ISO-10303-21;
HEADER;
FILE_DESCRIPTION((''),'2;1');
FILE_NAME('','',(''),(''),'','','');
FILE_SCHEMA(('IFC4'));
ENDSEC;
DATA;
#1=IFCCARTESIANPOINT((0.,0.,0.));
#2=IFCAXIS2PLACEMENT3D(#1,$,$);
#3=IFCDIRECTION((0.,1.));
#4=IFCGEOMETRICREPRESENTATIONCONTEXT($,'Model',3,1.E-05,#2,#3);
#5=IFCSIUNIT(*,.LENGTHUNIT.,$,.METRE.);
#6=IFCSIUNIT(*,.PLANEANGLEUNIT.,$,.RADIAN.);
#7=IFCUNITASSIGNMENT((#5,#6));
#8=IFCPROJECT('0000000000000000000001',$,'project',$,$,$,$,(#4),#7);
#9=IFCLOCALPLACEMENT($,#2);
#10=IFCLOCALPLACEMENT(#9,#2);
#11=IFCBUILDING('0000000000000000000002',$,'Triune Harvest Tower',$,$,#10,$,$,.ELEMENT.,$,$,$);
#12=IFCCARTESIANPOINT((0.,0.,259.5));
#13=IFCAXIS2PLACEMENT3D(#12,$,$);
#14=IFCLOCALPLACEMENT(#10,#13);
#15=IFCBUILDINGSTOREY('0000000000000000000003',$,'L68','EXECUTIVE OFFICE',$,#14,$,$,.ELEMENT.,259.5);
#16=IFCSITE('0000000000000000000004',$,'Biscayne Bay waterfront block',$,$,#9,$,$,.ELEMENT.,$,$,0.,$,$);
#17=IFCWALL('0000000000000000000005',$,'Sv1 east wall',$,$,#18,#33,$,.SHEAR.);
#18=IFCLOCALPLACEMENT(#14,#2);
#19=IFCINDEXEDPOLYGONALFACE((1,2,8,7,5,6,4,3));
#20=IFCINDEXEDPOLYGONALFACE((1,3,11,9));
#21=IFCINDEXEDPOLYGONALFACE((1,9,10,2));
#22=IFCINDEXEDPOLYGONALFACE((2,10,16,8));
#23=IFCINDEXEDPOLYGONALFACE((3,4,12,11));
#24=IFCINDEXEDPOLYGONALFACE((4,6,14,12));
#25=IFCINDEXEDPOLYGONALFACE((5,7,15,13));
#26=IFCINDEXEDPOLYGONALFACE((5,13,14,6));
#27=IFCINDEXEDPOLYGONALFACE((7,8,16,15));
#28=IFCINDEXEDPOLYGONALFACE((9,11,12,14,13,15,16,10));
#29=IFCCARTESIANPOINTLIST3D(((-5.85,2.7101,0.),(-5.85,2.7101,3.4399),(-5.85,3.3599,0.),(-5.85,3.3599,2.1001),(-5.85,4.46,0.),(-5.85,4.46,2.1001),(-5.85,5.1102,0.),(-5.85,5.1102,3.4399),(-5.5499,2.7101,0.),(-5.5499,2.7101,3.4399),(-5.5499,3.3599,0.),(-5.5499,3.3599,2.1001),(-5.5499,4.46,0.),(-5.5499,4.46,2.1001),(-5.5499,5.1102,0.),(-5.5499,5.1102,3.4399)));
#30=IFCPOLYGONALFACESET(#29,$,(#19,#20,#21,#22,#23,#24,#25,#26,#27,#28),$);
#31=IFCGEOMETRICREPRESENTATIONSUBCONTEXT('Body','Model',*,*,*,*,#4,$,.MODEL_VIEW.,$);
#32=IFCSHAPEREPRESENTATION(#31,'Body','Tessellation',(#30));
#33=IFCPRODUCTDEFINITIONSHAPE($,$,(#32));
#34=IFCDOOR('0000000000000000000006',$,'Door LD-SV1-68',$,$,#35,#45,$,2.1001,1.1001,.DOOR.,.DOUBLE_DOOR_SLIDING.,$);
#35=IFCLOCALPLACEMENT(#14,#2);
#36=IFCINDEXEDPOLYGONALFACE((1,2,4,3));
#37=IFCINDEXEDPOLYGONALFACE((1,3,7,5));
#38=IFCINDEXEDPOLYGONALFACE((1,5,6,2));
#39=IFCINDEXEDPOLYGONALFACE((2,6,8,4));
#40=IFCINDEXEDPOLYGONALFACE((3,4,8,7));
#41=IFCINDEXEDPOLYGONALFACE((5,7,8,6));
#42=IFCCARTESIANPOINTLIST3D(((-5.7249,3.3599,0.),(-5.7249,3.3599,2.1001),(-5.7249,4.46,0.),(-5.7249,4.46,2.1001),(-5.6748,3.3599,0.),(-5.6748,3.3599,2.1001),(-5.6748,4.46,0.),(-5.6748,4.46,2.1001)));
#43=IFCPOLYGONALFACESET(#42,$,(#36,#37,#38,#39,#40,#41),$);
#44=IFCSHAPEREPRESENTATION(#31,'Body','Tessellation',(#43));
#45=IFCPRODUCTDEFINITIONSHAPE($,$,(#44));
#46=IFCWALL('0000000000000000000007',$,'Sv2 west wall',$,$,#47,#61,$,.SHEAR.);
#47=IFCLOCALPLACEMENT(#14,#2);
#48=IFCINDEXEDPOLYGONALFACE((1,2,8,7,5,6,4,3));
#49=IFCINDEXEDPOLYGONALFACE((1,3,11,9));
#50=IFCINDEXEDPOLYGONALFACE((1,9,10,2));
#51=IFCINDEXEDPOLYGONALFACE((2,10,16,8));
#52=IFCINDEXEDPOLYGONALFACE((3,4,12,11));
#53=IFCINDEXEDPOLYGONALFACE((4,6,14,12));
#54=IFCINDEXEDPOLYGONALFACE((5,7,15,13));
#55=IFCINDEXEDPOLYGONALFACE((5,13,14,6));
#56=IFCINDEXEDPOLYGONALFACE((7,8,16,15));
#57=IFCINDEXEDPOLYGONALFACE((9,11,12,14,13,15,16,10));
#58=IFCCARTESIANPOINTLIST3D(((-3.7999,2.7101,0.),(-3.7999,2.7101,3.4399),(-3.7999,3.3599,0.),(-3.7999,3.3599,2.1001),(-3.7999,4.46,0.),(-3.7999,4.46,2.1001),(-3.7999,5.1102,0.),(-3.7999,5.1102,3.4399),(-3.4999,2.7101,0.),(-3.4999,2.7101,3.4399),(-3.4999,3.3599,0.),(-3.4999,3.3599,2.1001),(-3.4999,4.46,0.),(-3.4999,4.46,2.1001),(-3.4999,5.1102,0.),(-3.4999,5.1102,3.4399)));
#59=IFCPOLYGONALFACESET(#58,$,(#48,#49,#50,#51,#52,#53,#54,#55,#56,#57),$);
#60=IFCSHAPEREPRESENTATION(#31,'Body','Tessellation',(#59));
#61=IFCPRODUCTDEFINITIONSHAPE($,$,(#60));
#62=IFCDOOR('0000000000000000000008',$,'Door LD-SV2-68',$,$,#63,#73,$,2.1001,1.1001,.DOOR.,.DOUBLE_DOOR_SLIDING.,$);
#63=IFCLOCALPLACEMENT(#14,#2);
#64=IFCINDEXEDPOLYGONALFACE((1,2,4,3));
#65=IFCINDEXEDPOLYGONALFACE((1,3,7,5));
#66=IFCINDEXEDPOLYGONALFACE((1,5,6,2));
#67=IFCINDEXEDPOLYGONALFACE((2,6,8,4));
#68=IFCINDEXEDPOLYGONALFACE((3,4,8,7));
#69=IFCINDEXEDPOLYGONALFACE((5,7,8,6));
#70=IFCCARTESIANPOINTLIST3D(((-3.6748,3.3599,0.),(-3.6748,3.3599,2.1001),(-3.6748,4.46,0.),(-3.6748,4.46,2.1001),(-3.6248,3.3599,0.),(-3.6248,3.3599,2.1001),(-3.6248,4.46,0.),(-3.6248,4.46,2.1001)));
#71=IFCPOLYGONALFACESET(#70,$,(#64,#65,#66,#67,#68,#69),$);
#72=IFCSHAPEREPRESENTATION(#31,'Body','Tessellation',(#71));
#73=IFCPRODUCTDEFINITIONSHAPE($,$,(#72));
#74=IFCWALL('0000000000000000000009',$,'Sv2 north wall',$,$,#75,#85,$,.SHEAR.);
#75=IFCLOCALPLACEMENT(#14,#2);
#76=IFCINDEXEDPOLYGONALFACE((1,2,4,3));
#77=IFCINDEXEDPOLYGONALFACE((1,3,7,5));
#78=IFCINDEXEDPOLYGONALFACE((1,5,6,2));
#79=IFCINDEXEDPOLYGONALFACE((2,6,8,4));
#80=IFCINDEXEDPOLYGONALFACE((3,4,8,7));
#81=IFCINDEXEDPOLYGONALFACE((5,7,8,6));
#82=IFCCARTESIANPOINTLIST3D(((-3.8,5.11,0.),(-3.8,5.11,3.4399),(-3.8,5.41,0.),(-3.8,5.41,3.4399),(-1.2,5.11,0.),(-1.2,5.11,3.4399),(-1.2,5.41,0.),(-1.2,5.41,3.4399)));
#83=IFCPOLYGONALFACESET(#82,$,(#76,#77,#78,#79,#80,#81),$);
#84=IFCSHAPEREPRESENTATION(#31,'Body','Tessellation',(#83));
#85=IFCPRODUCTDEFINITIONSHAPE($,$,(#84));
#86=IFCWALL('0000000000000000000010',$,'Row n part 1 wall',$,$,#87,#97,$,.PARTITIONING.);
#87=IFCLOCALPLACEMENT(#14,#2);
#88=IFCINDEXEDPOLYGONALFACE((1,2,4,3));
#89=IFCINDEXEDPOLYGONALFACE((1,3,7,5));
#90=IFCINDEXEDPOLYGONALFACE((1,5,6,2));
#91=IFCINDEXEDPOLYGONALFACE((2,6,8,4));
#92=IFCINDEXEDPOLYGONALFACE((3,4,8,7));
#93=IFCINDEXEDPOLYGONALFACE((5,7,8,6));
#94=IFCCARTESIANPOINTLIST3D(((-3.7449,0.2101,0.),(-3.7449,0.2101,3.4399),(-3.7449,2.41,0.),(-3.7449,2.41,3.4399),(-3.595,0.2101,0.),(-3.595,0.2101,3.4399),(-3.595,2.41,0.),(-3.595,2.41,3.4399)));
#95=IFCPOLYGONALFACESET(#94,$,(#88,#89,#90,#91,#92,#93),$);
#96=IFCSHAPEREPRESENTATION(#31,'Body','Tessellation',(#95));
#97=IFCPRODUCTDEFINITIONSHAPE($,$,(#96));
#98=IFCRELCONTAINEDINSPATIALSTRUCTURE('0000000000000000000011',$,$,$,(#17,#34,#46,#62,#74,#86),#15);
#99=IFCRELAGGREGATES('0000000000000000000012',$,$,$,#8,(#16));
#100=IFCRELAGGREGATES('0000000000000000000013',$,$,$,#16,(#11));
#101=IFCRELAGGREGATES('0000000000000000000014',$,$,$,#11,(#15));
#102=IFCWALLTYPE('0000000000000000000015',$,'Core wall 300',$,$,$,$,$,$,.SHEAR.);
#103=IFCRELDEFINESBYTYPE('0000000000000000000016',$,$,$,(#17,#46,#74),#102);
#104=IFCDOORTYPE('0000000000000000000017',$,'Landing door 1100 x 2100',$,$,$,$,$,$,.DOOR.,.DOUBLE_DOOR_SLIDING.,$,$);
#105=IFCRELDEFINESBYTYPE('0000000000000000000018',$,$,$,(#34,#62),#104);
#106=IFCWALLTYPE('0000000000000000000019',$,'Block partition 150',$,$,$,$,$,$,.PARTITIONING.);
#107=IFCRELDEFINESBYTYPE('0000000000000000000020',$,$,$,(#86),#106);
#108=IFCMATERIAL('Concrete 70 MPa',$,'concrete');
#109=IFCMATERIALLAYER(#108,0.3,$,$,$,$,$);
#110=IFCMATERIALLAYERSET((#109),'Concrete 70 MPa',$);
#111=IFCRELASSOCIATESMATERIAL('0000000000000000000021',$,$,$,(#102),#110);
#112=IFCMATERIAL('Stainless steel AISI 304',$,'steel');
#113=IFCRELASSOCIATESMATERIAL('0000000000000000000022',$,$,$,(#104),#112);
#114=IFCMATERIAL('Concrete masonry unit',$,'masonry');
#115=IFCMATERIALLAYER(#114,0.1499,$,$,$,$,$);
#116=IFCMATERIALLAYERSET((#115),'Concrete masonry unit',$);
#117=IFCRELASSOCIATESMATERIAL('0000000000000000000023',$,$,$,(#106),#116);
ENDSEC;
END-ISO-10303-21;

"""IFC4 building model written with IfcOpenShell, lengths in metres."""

from ifc_helpers import new_model, si_unit, direction, frame, frame_2d, origin, place, context, subcontext, project, spatial, rectangle, extrude, source, transform, mapped, material, layer, layer_set, type_object, element, fill, save


model = new_model("IFC4")

# Units and contexts
model_context = context("Model", 3, precision=1e-05, world=origin(), true_north=direction((0.0, 1.0)))
body_context = subcontext(model_context, "Body", "Model", "MODEL_VIEW")
ifc_project = project(units=[si_unit("LENGTHUNIT", "METRE"), si_unit("PLANEANGLEUNIT", "RADIAN")], contexts=[model_context])

# Site, building, storey
site_placement = place(None, origin())
site = spatial("IfcSite", under=ifc_project, at=site_placement, Name="Biscayne Bay waterfront block", CompositionType="ELEMENT", RefElevation=0.0)
building_placement = place(site_placement, origin())
building = spatial("IfcBuilding", under=site, at=building_placement, Name="Triune Harvest Tower", CompositionType="ELEMENT")
storey_placement = place(building_placement, frame((0.0, 0.0, 259.5)))
storey = spatial("IfcBuildingStorey", under=building, at=storey_placement, Name="L68", Description="EXECUTIVE OFFICE", CompositionType="ELEMENT", Elevation=259.5)

# Shared definitions
ifc_material_1 = material(Name="Concrete 70 MPa", Category="concrete")
ifc_layer_1 = layer(ifc_material_1, 0.3)
ifc_layer_set_1 = layer_set([ifc_layer_1], Name="Concrete 70 MPa")
wall_type_1 = type_object("IfcWallType", Name="Core wall 300", PredefinedType="SHEAR", material=ifc_layer_set_1)

# Shared definitions
shared_shape_1 = source(origin(), body_context, "Body", "SweptSolid", [
    extrude(rectangle(XDim=2.4001, YDim=0.3, at=frame_2d((1.2002, 0.0))), origin(), (0.0, 0.0, 1.0), 3.4399),
])

# Walls, openings, doors
wall_1_placement = place(storey_placement, frame((-5.7, 2.71, 0.0), z_axis=(0.0, 0.0, 1.0), x_axis=(0.0, 1.0, 0.0)))
wall_1 = element("IfcWall", 1, at=wall_1_placement, inside=storey, type_object=wall_type_1, Name="Sv1 east wall", PredefinedType="SHEAR", context=body_context, shape_type="MappedRepresentation", body=[
    mapped(shared_shape_1, transform((0.0, 0.0, 0.0), scale=1.0)),
])
opening_1_placement = place(wall_1_placement, frame((0.6499, 0.0, 0.0)))
opening_1 = element("IfcOpeningElement", 2, at=opening_1_placement, cuts=wall_1, PredefinedType="OPENING", context=body_context, shape_type="SweptSolid", body=[
    extrude(rectangle(XDim=1.1001, YDim=2.1001, at=frame_2d((0.55, 1.05))), frame((0.0, 0.1602, 0.0), z_axis=(0.0, -1.0, 0.0), x_axis=(1.0, 0.0, 0.0)), (0.0, 0.0, 1.0), 0.3201),
])
ifc_material_2 = material(Name="Stainless steel AISI 304", Category="steel")
door_type_1 = type_object("IfcDoorType", Name="Landing door 1100 x 2100", OperationType="DOUBLE_DOOR_SLIDING", PredefinedType="DOOR", material=ifc_material_2)
door_1_placement = place(opening_1_placement, origin())
door_1 = element("IfcDoor", 3, at=door_1_placement, inside=storey, type_object=door_type_1, Name="Door LD-SV1-68", OperationType="DOUBLE_DOOR_SLIDING", OverallHeight=2.1001, OverallWidth=1.1001, PredefinedType="DOOR", context=body_context, shape_type="SweptSolid", body=[
    extrude(rectangle(XDim=1.1001, YDim=2.1001, at=frame_2d((0.55, 1.05))), frame((0.0, 0.0249, 0.0), z_axis=(0.0, -1.0, 0.0), x_axis=(1.0, 0.0, 0.0)), (0.0, 0.0, 1.0), 0.05),
])
fill(opening_1, door_1)
wall_2_placement = place(storey_placement, frame((-3.6499, 2.71, 0.0), z_axis=(0.0, 0.0, 1.0), x_axis=(0.0, 1.0, 0.0)))
wall_2 = element("IfcWall", 4, at=wall_2_placement, inside=storey, type_object=wall_type_1, Name="Sv2 west wall", PredefinedType="SHEAR", context=body_context, shape_type="MappedRepresentation", body=[
    mapped(shared_shape_1, transform((0.0, 0.0, 0.0), scale=1.0)),
])
opening_2_placement = place(wall_2_placement, frame((0.6499, 0.0, 0.0)))
opening_2 = element("IfcOpeningElement", 5, at=opening_2_placement, cuts=wall_2, PredefinedType="OPENING", context=body_context, shape_type="SweptSolid", body=[
    extrude(rectangle(XDim=1.1001, YDim=2.1001, at=frame_2d((0.55, 1.05))), frame((0.0, 0.1602, 0.0), z_axis=(0.0, -1.0, 0.0), x_axis=(1.0, 0.0, 0.0)), (0.0, 0.0, 1.0), 0.3201),
])
door_2_placement = place(opening_2_placement, origin())
door_2 = element("IfcDoor", 6, at=door_2_placement, inside=storey, type_object=door_type_1, Name="Door LD-SV2-68", OperationType="DOUBLE_DOOR_SLIDING", OverallHeight=2.1001, OverallWidth=1.1001, PredefinedType="DOOR", context=body_context, shape_type="SweptSolid", body=[
    extrude(rectangle(XDim=1.1001, YDim=2.1001, at=frame_2d((0.55, 1.05))), frame((0.0, 0.0249, 0.0), z_axis=(0.0, -1.0, 0.0), x_axis=(1.0, 0.0, 0.0)), (0.0, 0.0, 1.0), 0.05),
])
fill(opening_2, door_2)

# Walls
shared_shape_2 = source(origin(), body_context, "Body", "SweptSolid", [
    extrude(rectangle(XDim=2.6001, YDim=0.3, at=frame_2d((1.3, 0.0))), origin(), (0.0, 0.0, 1.0), 3.4399),
])
wall_3_placement = place(storey_placement, frame((-3.8, 5.26, 0.0), z_axis=(0.0, 0.0, 1.0), x_axis=(1.0, 0.0, 0.0)))
element("IfcWall", 7, at=wall_3_placement, inside=storey, type_object=wall_type_1, Name="Sv2 north wall", PredefinedType="SHEAR", context=body_context, shape_type="MappedRepresentation", body=[
    mapped(shared_shape_2, transform((0.0, 0.0, 0.0), scale=1.0)),
])
ifc_material_3 = material(Name="Concrete masonry unit", Category="masonry")
ifc_layer_2 = layer(ifc_material_3, 0.1499)
ifc_layer_set_2 = layer_set([ifc_layer_2], Name="Concrete masonry unit")
wall_type_2 = type_object("IfcWallType", Name="Block partition 150", PredefinedType="PARTITIONING", material=ifc_layer_set_2)
shared_shape_3 = source(origin(), body_context, "Body", "SweptSolid", [
    extrude(rectangle(XDim=2.2, YDim=0.1499, at=frame_2d((1.1001, 0.0))), origin(), (0.0, 0.0, 1.0), 3.4399),
])
wall_4_placement = place(storey_placement, frame((-3.6699, 0.21, 0.0), z_axis=(0.0, 0.0, 1.0), x_axis=(0.0, 1.0, 0.0)))
element("IfcWall", 8, at=wall_4_placement, inside=storey, type_object=wall_type_2, Name="Row n part 1 wall", PredefinedType="PARTITIONING", context=body_context, shape_type="MappedRepresentation", body=[
    mapped(shared_shape_3, transform((0.0, 0.0, 0.0), scale=1.0)),
])

save(model, "model.ifc")
